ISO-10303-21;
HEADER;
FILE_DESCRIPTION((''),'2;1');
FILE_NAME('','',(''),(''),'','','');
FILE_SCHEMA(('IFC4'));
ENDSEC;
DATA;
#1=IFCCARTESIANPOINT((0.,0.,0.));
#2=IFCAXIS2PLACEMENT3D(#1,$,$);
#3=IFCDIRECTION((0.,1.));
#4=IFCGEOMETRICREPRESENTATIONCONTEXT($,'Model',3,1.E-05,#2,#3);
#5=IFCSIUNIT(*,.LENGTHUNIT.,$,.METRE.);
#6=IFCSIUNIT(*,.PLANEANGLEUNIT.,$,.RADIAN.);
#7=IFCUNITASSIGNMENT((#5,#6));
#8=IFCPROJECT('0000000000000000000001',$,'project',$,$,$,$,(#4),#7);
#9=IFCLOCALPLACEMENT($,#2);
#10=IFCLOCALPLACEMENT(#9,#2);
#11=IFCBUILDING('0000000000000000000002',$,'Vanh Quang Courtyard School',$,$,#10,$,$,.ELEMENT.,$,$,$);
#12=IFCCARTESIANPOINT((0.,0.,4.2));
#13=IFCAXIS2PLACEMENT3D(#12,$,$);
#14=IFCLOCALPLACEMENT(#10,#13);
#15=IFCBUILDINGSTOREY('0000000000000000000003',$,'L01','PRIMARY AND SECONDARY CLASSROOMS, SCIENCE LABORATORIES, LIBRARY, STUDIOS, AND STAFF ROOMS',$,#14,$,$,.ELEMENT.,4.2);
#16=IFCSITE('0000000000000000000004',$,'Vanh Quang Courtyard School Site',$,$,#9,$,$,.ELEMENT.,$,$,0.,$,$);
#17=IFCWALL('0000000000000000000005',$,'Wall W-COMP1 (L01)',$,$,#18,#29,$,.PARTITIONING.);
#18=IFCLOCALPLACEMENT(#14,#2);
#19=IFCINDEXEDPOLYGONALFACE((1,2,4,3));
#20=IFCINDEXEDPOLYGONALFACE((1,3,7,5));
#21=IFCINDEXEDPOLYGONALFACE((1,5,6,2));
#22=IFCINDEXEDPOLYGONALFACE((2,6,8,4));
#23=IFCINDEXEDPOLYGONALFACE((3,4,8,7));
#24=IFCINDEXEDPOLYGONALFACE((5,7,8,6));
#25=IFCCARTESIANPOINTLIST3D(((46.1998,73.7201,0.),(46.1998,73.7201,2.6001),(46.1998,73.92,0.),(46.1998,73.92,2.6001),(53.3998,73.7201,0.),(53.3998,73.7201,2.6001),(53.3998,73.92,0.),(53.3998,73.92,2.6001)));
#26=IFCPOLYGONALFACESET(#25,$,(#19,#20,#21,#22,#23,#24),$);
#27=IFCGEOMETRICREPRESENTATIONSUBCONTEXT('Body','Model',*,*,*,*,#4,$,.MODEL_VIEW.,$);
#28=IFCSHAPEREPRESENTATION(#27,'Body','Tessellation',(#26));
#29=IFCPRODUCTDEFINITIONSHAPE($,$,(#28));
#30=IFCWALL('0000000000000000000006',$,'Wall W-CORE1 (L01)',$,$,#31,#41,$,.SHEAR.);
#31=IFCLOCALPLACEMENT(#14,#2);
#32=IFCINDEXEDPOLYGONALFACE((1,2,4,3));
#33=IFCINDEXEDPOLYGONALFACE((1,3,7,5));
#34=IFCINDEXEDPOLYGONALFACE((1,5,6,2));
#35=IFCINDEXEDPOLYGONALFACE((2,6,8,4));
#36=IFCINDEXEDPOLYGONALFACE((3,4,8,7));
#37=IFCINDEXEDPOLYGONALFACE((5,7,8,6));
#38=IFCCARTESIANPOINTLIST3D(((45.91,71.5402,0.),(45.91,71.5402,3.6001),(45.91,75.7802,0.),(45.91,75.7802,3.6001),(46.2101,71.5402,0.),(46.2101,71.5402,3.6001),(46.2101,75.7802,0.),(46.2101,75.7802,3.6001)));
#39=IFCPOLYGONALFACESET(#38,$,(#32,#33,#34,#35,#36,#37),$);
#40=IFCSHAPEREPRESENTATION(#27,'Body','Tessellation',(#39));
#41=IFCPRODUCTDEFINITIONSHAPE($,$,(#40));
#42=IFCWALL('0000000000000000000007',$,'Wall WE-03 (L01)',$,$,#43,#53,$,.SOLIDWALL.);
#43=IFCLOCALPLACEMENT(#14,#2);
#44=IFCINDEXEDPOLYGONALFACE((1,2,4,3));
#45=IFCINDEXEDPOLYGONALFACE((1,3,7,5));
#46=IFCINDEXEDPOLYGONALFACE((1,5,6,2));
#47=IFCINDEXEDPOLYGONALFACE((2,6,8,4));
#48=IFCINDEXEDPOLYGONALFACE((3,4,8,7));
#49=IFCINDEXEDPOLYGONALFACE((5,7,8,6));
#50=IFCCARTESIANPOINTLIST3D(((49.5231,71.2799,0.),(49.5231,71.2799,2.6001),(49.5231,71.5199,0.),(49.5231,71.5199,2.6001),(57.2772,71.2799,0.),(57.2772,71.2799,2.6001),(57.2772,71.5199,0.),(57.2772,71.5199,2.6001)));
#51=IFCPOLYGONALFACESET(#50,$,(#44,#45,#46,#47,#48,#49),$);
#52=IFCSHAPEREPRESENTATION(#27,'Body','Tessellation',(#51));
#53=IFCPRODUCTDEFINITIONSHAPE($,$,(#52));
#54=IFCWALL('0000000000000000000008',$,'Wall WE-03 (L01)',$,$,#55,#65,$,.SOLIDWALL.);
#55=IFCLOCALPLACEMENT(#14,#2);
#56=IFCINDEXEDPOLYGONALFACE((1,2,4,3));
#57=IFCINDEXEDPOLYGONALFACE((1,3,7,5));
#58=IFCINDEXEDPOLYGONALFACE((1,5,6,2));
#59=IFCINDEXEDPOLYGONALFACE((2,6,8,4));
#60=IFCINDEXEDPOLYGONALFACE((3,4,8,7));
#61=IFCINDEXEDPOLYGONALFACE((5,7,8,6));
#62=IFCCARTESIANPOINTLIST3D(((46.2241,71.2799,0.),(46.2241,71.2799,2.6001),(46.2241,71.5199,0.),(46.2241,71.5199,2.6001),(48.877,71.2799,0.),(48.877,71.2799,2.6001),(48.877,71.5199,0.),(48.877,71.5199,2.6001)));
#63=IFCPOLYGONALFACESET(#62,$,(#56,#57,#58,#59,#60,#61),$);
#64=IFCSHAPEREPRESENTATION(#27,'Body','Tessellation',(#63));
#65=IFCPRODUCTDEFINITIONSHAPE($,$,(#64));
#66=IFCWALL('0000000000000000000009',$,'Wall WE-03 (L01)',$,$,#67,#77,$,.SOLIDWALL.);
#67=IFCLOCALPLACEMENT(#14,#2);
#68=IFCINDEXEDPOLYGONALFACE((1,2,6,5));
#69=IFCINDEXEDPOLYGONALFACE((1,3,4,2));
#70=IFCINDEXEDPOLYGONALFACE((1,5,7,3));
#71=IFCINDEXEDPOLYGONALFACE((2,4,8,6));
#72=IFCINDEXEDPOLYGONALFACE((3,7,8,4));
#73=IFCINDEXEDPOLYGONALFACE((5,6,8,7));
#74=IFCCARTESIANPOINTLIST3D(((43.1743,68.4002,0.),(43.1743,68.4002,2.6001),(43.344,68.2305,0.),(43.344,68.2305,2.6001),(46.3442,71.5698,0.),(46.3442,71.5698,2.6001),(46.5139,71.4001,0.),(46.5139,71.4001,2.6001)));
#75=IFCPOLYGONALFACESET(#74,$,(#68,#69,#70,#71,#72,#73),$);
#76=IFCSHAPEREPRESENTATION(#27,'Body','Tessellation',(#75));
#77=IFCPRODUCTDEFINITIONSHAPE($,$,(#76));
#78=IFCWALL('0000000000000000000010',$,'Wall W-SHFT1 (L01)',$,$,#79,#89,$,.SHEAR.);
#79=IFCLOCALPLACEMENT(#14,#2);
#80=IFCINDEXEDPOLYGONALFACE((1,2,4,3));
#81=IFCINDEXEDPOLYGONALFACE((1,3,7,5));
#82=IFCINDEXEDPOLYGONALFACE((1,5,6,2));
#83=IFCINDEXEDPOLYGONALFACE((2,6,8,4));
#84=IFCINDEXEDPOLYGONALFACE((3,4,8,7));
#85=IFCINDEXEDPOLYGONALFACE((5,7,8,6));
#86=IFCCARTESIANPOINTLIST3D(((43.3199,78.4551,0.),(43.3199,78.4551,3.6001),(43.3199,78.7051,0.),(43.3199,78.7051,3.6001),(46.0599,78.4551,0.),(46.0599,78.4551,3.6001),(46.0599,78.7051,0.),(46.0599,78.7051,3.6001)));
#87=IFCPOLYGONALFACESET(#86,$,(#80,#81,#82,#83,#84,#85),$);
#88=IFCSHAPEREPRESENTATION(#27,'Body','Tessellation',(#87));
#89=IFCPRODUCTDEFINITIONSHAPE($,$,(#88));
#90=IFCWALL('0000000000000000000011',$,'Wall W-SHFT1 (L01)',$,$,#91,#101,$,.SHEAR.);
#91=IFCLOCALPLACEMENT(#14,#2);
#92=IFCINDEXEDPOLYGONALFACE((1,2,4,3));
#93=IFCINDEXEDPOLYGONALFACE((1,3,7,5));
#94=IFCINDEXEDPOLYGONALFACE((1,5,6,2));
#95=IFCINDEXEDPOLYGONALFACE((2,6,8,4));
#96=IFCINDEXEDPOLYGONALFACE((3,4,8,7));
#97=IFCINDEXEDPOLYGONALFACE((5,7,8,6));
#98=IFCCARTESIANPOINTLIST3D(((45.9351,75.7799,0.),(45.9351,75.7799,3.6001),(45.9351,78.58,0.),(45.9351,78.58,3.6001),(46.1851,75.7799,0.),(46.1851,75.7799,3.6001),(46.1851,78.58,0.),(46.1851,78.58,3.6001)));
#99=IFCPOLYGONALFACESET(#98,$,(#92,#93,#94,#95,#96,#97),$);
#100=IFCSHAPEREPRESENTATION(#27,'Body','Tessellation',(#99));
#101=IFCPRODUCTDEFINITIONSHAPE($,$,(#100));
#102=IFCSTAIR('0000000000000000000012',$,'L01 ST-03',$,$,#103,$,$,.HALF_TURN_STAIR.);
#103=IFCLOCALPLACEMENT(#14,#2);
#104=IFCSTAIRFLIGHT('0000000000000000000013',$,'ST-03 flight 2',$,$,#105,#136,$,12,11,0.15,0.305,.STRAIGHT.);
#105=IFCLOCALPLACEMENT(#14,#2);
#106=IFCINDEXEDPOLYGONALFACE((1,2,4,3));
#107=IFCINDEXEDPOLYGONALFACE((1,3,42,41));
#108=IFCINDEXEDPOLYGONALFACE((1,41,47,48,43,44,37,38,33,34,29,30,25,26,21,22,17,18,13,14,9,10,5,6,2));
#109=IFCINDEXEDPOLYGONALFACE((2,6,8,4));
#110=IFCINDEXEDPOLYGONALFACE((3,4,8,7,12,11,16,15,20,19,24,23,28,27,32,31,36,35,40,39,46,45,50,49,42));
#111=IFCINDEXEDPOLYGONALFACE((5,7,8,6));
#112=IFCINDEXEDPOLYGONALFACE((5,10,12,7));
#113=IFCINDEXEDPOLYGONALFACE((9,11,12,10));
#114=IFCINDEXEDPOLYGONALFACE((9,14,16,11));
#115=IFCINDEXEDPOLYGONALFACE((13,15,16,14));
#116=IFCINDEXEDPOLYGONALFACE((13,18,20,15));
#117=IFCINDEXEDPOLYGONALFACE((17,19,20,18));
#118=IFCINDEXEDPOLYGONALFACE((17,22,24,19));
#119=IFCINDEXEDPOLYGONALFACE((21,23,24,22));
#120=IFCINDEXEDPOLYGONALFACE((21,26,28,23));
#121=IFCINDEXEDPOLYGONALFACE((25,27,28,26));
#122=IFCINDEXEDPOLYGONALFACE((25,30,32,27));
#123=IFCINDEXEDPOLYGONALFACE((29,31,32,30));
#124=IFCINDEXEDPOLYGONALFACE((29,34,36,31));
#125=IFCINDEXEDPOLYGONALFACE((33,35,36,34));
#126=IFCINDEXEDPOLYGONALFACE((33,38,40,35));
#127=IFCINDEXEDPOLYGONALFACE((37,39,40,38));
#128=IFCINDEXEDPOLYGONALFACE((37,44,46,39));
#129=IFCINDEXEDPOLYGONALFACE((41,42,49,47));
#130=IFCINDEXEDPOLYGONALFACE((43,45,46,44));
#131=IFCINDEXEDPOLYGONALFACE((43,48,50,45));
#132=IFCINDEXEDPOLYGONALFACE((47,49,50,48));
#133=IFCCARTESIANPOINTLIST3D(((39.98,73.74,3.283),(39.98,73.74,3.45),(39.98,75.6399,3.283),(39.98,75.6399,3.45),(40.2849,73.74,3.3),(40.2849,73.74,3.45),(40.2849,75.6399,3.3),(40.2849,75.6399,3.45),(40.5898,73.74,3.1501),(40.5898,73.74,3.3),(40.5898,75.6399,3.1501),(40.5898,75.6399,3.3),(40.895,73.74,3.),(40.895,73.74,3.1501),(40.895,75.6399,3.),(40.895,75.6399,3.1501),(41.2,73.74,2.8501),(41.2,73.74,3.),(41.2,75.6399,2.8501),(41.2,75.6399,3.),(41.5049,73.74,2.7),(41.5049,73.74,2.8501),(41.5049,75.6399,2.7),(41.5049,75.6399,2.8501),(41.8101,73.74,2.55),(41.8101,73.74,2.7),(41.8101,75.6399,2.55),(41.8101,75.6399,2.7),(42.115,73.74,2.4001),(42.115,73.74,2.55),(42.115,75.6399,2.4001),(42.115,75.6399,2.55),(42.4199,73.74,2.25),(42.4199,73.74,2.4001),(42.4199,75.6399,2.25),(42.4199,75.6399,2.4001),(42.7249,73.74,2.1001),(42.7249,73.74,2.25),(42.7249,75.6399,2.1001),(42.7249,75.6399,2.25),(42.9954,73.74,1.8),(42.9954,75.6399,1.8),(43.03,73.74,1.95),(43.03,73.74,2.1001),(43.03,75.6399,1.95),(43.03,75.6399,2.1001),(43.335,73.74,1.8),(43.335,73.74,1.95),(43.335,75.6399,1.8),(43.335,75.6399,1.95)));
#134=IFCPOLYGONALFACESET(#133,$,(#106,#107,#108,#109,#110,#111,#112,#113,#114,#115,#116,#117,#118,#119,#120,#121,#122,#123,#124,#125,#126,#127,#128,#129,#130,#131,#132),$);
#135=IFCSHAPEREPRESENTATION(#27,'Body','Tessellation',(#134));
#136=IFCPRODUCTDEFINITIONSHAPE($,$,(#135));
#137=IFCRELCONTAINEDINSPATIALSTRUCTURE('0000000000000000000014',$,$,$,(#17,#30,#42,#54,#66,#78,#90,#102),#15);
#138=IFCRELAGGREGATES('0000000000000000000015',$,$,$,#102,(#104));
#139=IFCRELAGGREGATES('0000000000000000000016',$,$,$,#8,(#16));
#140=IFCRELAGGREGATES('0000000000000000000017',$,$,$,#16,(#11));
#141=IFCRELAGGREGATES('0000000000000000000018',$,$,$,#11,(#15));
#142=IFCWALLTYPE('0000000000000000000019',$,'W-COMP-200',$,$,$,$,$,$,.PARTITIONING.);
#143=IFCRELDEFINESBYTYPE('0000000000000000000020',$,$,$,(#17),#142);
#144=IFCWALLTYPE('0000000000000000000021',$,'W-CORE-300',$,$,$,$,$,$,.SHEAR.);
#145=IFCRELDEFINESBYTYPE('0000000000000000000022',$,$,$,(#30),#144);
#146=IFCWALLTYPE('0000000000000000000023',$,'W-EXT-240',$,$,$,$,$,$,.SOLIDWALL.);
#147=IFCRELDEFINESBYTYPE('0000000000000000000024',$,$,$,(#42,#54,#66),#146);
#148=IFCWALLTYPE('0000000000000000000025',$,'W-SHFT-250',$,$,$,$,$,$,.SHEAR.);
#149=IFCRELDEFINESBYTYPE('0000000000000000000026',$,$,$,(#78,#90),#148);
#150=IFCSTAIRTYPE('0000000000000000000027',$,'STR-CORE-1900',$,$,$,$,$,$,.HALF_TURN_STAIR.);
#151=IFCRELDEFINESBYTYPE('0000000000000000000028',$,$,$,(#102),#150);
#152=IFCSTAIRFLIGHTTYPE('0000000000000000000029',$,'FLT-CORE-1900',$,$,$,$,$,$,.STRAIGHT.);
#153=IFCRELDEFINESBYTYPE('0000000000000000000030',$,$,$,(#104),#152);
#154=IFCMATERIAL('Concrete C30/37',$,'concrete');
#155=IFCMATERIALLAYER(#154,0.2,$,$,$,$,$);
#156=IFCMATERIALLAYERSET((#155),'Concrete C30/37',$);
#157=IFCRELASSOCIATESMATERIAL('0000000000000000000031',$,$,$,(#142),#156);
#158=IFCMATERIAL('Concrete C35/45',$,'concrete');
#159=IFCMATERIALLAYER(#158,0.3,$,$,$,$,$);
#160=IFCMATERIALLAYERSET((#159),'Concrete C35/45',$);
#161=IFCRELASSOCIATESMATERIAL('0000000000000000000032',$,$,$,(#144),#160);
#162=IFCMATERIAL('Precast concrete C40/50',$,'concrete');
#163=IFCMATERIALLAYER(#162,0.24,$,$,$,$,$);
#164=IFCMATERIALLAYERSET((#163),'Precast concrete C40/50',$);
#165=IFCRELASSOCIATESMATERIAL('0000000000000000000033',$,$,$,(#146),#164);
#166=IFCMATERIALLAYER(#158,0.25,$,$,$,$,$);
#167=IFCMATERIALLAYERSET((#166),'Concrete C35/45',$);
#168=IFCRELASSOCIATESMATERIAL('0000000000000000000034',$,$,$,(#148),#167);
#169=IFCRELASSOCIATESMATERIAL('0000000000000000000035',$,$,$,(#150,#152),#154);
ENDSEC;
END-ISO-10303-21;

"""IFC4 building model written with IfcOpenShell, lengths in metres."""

from ifc_helpers import new_model, si_unit, direction, frame, frame_2d, origin, place, context, subcontext, project, spatial, polyline, rectangle, outline, extrude, material, layer, layer_set, type_object, element, aggregate, save


model = new_model("IFC4")

# Units and contexts
model_context = context("Model", 3, precision=1e-05, world=origin(), true_north=direction((0.0, 1.0)))
body_context = subcontext(model_context, "Body", "Model", "MODEL_VIEW")
ifc_project = project(units=[si_unit("LENGTHUNIT", "METRE"), si_unit("PLANEANGLEUNIT", "RADIAN")], contexts=[model_context])

# Site, building, storey
site_placement = place(None, origin())
site = spatial("IfcSite", under=ifc_project, at=site_placement, Name="Vanh Quang Courtyard School Site", CompositionType="ELEMENT", RefElevation=0.0)
building_placement = place(site_placement, origin())
building = spatial("IfcBuilding", under=site, at=building_placement, Name="Vanh Quang Courtyard School", CompositionType="ELEMENT")
storey_placement = place(building_placement, frame((0.0, 0.0, 4.2)))
storey = spatial("IfcBuildingStorey", under=building, at=storey_placement, Name="L01", Description="PRIMARY AND SECONDARY CLASSROOMS, SCIENCE LABORATORIES, LIBRARY, STUDIOS, AND STAFF ROOMS", CompositionType="ELEMENT", Elevation=4.2)

# Shared definitions
ifc_material_1 = material(Name="Concrete C35/45", Category="concrete")

# Walls
ifc_material_2 = material(Name="Concrete C30/37", Category="concrete")
ifc_layer_1 = layer(ifc_material_2, 0.2)
ifc_layer_set_1 = layer_set([ifc_layer_1], Name="Concrete C30/37")
wall_type_1 = type_object("IfcWallType", Name="W-COMP-200", PredefinedType="PARTITIONING", material=ifc_layer_set_1)
wall_1_placement = place(storey_placement, frame((53.3999, 73.8201, 0.0), z_axis=(0.0, 0.0, 1.0), x_axis=(-1.0, 0.0, 0.0)))
element("IfcWall", 1, at=wall_1_placement, inside=storey, type_object=wall_type_1, Name="Wall W-COMP1 (L01)", PredefinedType="PARTITIONING", context=body_context, shape_type="SweptSolid", body=[
    extrude(rectangle(XDim=7.2, YDim=0.2, at=frame_2d((3.6001, 0.0))), origin(), (0.0, 0.0, 1.0), 2.6001),
])
ifc_layer_2 = layer(ifc_material_1, 0.3)
ifc_layer_set_2 = layer_set([ifc_layer_2], Name="Concrete C35/45")
wall_type_2 = type_object("IfcWallType", Name="W-CORE-300", PredefinedType="SHEAR", material=ifc_layer_set_2)
wall_2_placement = place(storey_placement, frame((46.0601, 71.54, 0.0), z_axis=(0.0, 0.0, 1.0), x_axis=(0.0, 1.0, 0.0)))
element("IfcWall", 2, at=wall_2_placement, inside=storey, type_object=wall_type_2, Name="Wall W-CORE1 (L01)", PredefinedType="SHEAR", context=body_context, shape_type="SweptSolid", body=[
    extrude(rectangle(XDim=4.24, YDim=0.3, at=frame_2d((2.1201, 0.0))), origin(), (0.0, 0.0, 1.0), 3.6001),
])

# Walls
ifc_material_3 = material(Name="Precast concrete C40/50", Category="concrete")
ifc_layer_3 = layer(ifc_material_3, 0.24)
ifc_layer_set_3 = layer_set([ifc_layer_3], Name="Precast concrete C40/50")
wall_type_3 = type_object("IfcWallType", Name="W-EXT-240", PredefinedType="SOLIDWALL", material=ifc_layer_set_3)
wall_3_placement = place(storey_placement, frame((57.2771, 71.3999, 0.0), z_axis=(0.0, 0.0, 1.0), x_axis=(-1.0, 0.0, 0.0)))
element("IfcWall", 3, at=wall_3_placement, inside=storey, type_object=wall_type_3, Name="Wall WE-03 (L01)", PredefinedType="SOLIDWALL", context=body_context, shape_type="SweptSolid", body=[
    extrude(rectangle(XDim=7.7542, YDim=0.24, at=frame_2d((3.877, 0.0))), origin(), (0.0, 0.0, 1.0), 2.6001),
])
wall_4_placement = place(storey_placement, frame((48.877, 71.3999, 0.0), z_axis=(0.0, 0.0, 1.0), x_axis=(-1.0, 0.0, 0.0)))
element("IfcWall", 4, at=wall_4_placement, inside=storey, type_object=wall_type_3, Name="Wall WE-03 (L01)", PredefinedType="SOLIDWALL", context=body_context, shape_type="SweptSolid", body=[
    extrude(rectangle(XDim=2.6528, YDim=0.24, at=frame_2d((1.3264, 0.0))), origin(), (0.0, 0.0, 1.0), 2.6001),
])
wall_5_placement = place(storey_placement, frame((46.429, 71.4849, 0.0), z_axis=(0.0, 0.0, 1.0), x_axis=(-0.707134, -0.70708, 0.0)))
element("IfcWall", 5, at=wall_5_placement, inside=storey, type_object=wall_type_3, Name="Wall WE-03 (L01)", PredefinedType="SOLIDWALL", context=body_context, shape_type="SweptSolid", body=[
    extrude(rectangle(XDim=4.4827, YDim=0.24, at=frame_2d((2.2412, 0.0))), origin(), (0.0, 0.0, 1.0), 2.6001),
])

# Shared definitions
ifc_layer_4 = layer(ifc_material_1, 0.25)
ifc_layer_set_4 = layer_set([ifc_layer_4], Name="Concrete C35/45")
wall_type_4 = type_object("IfcWallType", Name="W-SHFT-250", PredefinedType="SHEAR", material=ifc_layer_set_4)

# Walls
wall_6_placement = place(storey_placement, frame((46.0601, 78.5801, 0.0), z_axis=(0.0, 0.0, 1.0), x_axis=(-1.0, 0.0, 0.0)))
element("IfcWall", 6, at=wall_6_placement, inside=storey, type_object=wall_type_4, Name="Wall W-SHFT1 (L01)", PredefinedType="SHEAR", context=body_context, shape_type="SweptSolid", body=[
    extrude(rectangle(XDim=2.74, YDim=0.25, at=frame_2d((1.3701, 0.0))), origin(), (0.0, 0.0, 1.0), 3.6001),
])
wall_7_placement = place(storey_placement, frame((46.0601, 75.78, 0.0), z_axis=(0.0, 0.0, 1.0), x_axis=(0.0, 1.0, 0.0)))
element("IfcWall", 7, at=wall_7_placement, inside=storey, type_object=wall_type_4, Name="Wall W-SHFT1 (L01)", PredefinedType="SHEAR", context=body_context, shape_type="SweptSolid", body=[
    extrude(rectangle(XDim=2.8, YDim=0.25, at=frame_2d((1.3999, 0.0))), origin(), (0.0, 0.0, 1.0), 3.6001),
])

# Stair, stair flight
stair_type = type_object("IfcStairType", Name="STR-CORE-1900", PredefinedType="HALF_TURN_STAIR", material=ifc_material_2)
stair_placement = place(storey_placement, origin())
stair = element("IfcStair", 8, at=stair_placement, inside=storey, type_object=stair_type, Name="L01 ST-03", PredefinedType="HALF_TURN_STAIR")
stair_flight_type = type_object("IfcStairFlightType", Name="FLT-CORE-1900", PredefinedType="STRAIGHT", material=ifc_material_2)
stair_flight_placement = place(storey_placement, frame((43.335, 74.6899, 1.8), z_axis=(0.0, 0.0, 1.0), x_axis=(-1.0, 0.0, 0.0)))
stair_flight = element("IfcStairFlight", 9, at=stair_flight_placement, type_object=stair_flight_type, Name="ST-03 flight 2", NumberOfRisers=12, NumberOfTreads=11, PredefinedType="STRAIGHT", RiserHeight=0.15, TreadLength=0.305, context=body_context, shape_type="SweptSolid", body=[
    extrude(outline(polyline([(0.0, 0.0), (0.0, 0.1499), (0.3049, 0.1499), (0.3049, 0.3), (0.6101, 0.3), (0.6101, 0.45), (0.915, 0.45), (0.915, 0.6001), (1.22, 0.6001), (1.22, 0.75), (1.5249, 0.75), (1.5249, 0.8999), (1.8301, 0.8999), (1.8301, 1.05), (2.135, 1.05), (2.135, 1.2), (2.4399, 1.2), (2.4399, 1.3501), (2.7451, 1.3501), (2.7451, 1.5), (3.05, 1.5), (3.05, 1.6499), (3.355, 1.6499), (3.355, 1.8), (3.355, 1.4829), (0.3396, 0.0), (0.0, 0.0)])), frame((0.0, 0.95, 0.0), z_axis=(0.0, -1.0, 0.0), x_axis=(1.0, 0.0, 0.0)), (0.0, 0.0, 1.0), 1.8999),
])
aggregate(stair, [stair_flight])

save(model, "model.ifc")
